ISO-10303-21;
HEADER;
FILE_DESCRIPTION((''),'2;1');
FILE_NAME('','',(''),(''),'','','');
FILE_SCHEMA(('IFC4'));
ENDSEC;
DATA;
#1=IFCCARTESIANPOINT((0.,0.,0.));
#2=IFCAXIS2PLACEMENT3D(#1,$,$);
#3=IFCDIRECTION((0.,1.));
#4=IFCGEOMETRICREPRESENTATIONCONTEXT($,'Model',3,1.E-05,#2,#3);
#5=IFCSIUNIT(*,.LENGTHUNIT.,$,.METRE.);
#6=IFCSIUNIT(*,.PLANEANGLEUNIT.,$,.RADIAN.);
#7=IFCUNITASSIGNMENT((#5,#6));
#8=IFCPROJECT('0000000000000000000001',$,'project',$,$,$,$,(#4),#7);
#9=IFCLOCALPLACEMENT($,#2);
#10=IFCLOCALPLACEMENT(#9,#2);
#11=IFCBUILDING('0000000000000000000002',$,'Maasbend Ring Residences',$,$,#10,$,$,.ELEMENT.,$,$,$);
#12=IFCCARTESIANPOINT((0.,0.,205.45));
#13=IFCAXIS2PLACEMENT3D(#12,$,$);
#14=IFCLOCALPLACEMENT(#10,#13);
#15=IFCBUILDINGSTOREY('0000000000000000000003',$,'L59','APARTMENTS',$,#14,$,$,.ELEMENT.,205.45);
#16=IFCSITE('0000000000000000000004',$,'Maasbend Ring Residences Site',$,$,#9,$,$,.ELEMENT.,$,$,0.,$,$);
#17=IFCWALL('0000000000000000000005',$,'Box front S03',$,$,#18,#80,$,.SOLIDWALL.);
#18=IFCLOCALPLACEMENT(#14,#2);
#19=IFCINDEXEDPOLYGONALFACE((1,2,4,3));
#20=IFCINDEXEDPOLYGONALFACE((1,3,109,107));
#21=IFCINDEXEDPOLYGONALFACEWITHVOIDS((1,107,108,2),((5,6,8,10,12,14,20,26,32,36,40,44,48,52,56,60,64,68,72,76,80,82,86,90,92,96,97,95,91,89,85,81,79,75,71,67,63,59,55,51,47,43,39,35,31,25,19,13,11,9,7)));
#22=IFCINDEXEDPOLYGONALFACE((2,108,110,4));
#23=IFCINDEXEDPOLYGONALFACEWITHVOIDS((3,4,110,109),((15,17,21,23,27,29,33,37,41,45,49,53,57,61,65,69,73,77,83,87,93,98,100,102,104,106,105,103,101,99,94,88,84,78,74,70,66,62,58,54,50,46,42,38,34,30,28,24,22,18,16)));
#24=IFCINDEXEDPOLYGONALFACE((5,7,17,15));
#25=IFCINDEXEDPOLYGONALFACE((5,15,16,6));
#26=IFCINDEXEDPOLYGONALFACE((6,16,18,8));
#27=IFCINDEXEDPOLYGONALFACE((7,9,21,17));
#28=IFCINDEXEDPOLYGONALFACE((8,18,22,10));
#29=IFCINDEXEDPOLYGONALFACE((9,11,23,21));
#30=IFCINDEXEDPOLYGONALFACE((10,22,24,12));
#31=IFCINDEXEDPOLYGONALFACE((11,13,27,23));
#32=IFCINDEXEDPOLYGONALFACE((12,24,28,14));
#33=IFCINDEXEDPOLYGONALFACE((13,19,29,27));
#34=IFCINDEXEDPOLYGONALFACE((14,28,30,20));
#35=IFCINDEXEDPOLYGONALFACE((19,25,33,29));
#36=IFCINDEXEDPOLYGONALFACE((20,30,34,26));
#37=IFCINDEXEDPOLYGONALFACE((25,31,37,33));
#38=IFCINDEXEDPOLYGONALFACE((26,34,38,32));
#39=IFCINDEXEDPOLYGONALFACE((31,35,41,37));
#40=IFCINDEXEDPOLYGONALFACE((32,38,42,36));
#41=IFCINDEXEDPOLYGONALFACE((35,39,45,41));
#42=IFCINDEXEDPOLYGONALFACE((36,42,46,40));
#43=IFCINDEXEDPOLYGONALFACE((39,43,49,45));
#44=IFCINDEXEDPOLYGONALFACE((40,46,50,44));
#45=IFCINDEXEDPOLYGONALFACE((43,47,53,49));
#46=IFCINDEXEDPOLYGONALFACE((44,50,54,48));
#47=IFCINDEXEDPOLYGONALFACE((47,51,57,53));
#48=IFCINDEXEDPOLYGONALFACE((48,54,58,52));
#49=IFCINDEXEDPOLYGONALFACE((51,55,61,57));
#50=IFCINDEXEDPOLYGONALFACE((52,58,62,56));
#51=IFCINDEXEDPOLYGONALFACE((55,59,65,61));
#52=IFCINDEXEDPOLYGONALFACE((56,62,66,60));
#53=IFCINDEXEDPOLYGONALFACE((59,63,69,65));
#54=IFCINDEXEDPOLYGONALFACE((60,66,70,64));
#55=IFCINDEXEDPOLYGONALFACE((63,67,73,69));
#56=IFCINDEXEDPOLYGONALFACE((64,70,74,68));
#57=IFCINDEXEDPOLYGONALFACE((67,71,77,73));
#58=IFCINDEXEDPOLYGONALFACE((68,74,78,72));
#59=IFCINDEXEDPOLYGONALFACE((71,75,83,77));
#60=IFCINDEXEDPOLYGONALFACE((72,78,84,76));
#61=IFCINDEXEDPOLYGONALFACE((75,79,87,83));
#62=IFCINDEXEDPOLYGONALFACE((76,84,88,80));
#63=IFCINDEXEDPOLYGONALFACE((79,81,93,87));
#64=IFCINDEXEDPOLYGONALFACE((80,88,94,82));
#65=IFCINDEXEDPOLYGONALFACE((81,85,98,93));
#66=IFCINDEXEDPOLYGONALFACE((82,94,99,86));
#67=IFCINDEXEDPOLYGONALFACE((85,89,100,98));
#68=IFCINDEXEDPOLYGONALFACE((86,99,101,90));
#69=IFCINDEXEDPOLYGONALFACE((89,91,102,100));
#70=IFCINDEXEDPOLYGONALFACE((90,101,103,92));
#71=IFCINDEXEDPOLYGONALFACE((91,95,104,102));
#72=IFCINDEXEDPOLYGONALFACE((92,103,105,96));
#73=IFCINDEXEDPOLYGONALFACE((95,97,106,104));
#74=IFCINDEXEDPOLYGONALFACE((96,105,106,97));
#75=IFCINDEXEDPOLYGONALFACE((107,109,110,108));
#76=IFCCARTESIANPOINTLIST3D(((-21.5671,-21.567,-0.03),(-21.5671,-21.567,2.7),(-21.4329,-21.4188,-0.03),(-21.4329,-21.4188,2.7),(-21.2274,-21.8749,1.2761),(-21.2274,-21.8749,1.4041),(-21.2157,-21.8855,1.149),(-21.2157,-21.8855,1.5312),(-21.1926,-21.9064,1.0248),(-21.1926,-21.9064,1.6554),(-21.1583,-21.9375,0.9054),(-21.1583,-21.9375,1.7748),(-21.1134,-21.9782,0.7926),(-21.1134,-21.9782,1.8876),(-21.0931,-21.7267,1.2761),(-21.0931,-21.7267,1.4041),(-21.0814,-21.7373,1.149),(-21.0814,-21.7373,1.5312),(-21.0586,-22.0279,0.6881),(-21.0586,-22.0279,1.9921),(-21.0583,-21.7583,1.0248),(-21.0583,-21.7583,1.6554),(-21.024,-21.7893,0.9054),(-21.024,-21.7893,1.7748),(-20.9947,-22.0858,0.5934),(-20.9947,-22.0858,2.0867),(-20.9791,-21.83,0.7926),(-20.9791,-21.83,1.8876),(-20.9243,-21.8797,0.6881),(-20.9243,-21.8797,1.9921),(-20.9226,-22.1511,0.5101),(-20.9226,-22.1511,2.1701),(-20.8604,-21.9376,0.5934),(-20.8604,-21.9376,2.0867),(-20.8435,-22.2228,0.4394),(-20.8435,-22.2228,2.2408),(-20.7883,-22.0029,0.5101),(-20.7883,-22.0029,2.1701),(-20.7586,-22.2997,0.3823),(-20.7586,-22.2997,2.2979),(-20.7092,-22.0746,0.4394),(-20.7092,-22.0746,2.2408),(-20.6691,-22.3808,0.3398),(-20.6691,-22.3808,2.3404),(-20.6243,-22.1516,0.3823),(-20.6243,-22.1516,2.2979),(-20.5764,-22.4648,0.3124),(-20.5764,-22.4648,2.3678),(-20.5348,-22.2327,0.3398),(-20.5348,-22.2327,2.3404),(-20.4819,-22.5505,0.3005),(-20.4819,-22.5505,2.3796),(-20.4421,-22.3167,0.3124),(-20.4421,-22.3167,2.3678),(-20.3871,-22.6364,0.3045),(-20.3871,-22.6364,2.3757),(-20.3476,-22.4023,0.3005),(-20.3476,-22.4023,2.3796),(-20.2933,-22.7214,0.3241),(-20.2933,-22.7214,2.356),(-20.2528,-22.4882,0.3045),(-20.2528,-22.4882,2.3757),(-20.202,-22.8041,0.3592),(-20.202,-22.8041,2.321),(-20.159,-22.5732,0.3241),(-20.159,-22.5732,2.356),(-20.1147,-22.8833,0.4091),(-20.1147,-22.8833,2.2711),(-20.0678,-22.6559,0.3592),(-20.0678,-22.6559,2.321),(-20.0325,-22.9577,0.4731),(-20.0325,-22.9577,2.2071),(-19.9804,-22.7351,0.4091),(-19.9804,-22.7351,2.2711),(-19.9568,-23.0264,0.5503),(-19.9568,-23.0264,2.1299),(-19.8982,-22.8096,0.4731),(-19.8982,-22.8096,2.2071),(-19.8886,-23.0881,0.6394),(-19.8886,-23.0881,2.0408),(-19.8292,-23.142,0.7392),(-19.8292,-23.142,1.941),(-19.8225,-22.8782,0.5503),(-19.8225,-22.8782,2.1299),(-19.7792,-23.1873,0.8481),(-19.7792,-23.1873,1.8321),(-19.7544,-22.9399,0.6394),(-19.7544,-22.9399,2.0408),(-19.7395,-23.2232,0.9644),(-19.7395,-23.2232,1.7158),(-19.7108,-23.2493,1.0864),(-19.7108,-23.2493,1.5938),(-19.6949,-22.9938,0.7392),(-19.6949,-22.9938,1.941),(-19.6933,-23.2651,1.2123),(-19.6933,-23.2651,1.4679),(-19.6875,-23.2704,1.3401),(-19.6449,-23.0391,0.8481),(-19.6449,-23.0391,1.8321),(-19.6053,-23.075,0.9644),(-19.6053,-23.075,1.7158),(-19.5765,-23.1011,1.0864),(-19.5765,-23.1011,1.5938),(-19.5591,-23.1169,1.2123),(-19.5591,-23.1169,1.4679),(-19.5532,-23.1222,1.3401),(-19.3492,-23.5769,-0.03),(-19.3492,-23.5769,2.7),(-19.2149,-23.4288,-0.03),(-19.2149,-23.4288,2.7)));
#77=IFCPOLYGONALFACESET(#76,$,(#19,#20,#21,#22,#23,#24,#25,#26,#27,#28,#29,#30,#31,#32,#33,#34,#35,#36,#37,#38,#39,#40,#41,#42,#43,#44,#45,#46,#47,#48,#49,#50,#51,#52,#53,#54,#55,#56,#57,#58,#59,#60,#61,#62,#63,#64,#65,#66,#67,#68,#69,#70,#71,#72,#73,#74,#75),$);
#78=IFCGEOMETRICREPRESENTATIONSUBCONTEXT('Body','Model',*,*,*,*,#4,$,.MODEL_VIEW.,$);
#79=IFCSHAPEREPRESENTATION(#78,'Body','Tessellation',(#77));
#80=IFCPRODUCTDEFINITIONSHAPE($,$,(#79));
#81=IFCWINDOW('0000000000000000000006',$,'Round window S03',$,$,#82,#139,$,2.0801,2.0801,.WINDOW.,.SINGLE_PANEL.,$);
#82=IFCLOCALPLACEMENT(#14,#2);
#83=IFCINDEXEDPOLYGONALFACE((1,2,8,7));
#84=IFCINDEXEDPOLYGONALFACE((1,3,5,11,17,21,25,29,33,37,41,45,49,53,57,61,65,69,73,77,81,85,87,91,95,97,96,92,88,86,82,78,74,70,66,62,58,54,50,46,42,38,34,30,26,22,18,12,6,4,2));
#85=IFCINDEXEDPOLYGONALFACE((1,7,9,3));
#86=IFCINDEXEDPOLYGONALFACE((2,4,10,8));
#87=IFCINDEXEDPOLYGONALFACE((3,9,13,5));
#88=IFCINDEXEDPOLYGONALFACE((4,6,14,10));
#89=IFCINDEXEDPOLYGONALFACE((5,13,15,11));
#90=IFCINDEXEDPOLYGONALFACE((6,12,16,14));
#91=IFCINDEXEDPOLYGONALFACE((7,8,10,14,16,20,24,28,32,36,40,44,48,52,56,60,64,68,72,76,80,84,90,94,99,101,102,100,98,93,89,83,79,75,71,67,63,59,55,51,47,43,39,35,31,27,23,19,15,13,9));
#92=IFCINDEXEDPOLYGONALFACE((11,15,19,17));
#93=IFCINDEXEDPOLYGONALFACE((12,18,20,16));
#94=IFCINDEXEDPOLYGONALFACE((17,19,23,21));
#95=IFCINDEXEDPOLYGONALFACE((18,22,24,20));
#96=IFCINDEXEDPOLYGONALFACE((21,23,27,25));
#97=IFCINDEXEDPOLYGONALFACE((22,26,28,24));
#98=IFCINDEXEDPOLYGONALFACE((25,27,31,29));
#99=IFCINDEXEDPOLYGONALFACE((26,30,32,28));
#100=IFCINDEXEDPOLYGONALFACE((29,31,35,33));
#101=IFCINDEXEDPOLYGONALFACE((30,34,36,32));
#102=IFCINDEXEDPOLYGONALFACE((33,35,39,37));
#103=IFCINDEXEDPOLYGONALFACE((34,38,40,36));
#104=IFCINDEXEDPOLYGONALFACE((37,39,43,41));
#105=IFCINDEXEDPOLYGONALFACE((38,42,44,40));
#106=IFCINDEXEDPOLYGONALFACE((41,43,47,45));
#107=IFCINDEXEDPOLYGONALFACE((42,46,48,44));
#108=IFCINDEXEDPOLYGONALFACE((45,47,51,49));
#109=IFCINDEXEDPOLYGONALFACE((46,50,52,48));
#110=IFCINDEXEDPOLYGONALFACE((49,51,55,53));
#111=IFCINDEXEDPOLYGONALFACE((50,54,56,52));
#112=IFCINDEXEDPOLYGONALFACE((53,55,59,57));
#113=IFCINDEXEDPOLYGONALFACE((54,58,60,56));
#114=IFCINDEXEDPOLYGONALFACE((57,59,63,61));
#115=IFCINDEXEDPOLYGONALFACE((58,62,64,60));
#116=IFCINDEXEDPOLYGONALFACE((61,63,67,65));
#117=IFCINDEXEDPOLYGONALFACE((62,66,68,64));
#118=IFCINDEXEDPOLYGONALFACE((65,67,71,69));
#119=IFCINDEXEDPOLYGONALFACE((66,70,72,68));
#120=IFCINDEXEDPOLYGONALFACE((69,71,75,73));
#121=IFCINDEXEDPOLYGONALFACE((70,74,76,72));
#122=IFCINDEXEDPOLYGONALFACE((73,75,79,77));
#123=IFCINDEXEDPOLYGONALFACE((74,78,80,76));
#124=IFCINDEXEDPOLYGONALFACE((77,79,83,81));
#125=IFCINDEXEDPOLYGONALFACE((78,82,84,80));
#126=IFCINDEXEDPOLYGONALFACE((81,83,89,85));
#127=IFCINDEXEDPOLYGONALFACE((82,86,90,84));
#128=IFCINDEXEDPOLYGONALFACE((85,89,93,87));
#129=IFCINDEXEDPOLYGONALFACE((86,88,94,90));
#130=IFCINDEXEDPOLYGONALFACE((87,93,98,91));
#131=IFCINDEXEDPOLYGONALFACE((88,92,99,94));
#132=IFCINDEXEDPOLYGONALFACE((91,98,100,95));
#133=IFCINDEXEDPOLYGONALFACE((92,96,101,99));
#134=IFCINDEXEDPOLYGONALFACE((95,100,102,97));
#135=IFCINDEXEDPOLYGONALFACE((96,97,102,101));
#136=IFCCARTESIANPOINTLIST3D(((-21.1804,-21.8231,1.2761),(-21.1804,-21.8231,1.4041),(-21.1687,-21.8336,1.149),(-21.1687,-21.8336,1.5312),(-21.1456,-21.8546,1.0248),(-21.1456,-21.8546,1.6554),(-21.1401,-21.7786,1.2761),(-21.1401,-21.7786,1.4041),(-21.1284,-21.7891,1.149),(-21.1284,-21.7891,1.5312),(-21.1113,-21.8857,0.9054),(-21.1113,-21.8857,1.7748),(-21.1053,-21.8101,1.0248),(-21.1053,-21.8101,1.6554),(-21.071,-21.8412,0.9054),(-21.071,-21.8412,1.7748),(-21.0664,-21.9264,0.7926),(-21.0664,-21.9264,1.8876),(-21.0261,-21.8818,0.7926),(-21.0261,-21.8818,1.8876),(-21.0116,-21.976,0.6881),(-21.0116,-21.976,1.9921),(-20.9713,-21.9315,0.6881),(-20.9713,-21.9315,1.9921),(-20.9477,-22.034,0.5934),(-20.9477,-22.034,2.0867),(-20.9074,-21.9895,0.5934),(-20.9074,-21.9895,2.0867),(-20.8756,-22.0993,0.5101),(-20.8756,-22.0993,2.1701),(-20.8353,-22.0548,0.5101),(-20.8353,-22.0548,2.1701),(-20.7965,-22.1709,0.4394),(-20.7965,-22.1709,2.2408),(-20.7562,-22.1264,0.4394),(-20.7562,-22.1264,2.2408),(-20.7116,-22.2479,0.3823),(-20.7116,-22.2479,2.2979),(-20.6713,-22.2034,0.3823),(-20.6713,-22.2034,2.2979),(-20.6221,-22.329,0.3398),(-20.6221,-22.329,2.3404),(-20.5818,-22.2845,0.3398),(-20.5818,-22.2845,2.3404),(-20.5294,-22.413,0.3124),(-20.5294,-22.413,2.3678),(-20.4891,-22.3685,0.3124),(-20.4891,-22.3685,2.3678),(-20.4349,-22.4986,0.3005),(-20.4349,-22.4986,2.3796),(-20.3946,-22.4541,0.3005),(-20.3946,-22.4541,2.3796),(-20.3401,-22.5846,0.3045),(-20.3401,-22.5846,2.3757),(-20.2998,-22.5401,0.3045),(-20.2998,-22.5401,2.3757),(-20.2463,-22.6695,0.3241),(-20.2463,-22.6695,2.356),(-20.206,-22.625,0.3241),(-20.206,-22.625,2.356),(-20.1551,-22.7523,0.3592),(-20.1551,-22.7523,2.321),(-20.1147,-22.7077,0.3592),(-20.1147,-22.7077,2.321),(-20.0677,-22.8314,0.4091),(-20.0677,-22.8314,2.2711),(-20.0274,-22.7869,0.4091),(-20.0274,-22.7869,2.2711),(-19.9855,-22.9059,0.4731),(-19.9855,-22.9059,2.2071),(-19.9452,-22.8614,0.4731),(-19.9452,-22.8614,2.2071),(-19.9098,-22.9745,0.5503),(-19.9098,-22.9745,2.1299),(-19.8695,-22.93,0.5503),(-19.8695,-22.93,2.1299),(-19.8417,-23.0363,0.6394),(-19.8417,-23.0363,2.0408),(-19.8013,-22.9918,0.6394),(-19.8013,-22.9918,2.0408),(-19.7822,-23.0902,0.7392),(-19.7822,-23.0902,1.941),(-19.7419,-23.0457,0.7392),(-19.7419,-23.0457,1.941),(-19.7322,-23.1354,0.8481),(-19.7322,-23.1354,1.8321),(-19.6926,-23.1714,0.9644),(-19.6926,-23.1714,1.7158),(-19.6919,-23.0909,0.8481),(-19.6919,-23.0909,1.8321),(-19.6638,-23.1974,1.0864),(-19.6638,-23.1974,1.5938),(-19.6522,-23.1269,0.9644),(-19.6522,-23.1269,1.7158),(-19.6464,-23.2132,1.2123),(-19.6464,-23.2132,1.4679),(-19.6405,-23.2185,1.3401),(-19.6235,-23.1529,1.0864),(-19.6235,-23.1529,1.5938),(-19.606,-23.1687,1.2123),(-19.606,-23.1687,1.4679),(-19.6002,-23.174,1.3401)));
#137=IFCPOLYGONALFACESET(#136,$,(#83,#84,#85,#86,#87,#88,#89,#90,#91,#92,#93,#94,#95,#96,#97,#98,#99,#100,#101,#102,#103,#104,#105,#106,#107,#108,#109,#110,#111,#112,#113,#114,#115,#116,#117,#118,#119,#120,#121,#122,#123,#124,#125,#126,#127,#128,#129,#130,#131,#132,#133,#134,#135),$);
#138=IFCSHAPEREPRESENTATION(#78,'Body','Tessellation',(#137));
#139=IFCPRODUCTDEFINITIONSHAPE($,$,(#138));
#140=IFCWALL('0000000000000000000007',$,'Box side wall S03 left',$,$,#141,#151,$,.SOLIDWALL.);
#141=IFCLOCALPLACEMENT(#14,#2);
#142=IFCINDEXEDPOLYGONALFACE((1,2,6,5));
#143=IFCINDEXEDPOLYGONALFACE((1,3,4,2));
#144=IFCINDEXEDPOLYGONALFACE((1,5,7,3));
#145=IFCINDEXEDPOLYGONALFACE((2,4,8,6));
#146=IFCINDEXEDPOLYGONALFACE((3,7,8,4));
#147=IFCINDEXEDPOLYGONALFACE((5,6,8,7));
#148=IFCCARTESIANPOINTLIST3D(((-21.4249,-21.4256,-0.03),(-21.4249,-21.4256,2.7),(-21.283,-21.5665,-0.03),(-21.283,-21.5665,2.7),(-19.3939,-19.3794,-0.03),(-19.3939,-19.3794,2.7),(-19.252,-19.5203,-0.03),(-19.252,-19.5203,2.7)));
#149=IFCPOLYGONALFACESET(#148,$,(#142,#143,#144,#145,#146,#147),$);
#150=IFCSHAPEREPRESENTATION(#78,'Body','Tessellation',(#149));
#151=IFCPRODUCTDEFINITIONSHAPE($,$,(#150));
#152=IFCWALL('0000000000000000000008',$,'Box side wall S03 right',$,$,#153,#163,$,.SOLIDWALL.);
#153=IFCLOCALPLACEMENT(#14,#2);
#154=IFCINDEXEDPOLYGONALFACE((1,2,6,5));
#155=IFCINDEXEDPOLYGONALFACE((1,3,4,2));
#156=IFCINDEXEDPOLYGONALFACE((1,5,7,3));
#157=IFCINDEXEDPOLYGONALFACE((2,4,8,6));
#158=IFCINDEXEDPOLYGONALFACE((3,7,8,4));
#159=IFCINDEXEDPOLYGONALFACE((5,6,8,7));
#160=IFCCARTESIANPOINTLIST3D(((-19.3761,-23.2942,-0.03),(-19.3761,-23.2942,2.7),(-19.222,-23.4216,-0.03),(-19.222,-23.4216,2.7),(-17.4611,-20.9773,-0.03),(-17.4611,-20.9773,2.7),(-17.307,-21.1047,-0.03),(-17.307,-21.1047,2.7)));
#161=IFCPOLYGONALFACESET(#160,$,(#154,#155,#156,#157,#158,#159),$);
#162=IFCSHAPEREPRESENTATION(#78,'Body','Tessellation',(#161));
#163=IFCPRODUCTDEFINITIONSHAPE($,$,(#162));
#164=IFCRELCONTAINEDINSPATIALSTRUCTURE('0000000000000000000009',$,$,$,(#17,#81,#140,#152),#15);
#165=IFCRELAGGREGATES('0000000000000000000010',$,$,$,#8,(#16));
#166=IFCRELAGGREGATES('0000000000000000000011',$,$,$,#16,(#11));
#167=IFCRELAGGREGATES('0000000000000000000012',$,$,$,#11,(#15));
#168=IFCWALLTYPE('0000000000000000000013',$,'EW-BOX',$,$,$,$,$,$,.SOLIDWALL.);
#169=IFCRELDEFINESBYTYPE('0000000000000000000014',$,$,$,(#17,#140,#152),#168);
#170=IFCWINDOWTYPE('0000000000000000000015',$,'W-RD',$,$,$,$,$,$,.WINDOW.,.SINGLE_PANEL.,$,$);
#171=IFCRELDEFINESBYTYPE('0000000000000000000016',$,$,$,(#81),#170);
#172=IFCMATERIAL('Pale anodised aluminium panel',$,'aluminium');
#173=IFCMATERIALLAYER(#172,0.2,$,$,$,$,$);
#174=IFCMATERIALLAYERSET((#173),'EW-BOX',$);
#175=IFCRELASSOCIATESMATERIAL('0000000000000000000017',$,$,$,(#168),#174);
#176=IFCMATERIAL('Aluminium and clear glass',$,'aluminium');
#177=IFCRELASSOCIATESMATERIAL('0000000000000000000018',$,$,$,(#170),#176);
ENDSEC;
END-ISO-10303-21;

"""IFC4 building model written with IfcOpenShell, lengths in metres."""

from ifc_helpers import new_model, si_unit, direction, frame, frame_2d, origin, place, context, subcontext, project, spatial, rectangle, circle, extrude, material, layer, layer_set, type_object, element, fill, save


model = new_model("IFC4")

# Units and contexts
model_context = context("Model", 3, precision=1e-05, world=origin(), true_north=direction((0.0, 1.0)))
body_context = subcontext(model_context, "Body", "Model", "MODEL_VIEW")
ifc_project = project(units=[si_unit("LENGTHUNIT", "METRE"), si_unit("PLANEANGLEUNIT", "RADIAN")], contexts=[model_context])

# Site, building, storey
site_placement = place(None, origin())
site = spatial("IfcSite", under=ifc_project, at=site_placement, Name="Maasbend Ring Residences Site", CompositionType="ELEMENT", RefElevation=0.0)
building_placement = place(site_placement, origin())
building = spatial("IfcBuilding", under=site, at=building_placement, Name="Maasbend Ring Residences", CompositionType="ELEMENT")
storey_placement = place(building_placement, frame((0.0, 0.0, 205.45)))
storey = spatial("IfcBuildingStorey", under=building, at=storey_placement, Name="L59", Description="APARTMENTS", CompositionType="ELEMENT", Elevation=205.45)

# Shared definitions
ifc_material_1 = material(Name="Pale anodised aluminium panel", Category="aluminium")
ifc_layer_1 = layer(ifc_material_1, 0.2)
ifc_layer_set_1 = layer_set([ifc_layer_1], Name="EW-BOX")
wall_type_1 = type_object("IfcWallType", Name="EW-BOX", PredefinedType="SOLIDWALL", material=ifc_layer_set_1)
ifc_material_2 = material(Name="Aluminium and clear glass", Category="aluminium")
window_type_1 = type_object("IfcWindowType", Name="W-RD", PartitioningType="SINGLE_PANEL", PredefinedType="WINDOW", material=ifc_material_2)

# Wall, opening, window
wall_1_placement = place(storey_placement, frame((-21.5, -21.4929, -0.03), z_axis=(0.0, 0.0, 1.0), x_axis=(0.740998, -0.671507, 0.0)))
wall_1 = element("IfcWall", 1, at=wall_1_placement, inside=storey, type_object=wall_type_1, Name="Box front S03", PredefinedType="SOLIDWALL", context=body_context, shape_type="SweptSolid", body=[
    extrude(rectangle(XDim=2.9932, YDim=0.2, at=frame_2d((1.4966, 0.0))), origin(), (0.0, 0.0, 1.0), 2.73),
])
opening_1_placement = place(wall_1_placement, frame((0.4565, 0.0, 0.3301)))
opening_1 = element("IfcOpeningElement", 2, at=opening_1_placement, cuts=wall_1, PredefinedType="OPENING", context=body_context, shape_type="SweptSolid", body=[
    extrude(circle(Radius=1.04, at=frame_2d((1.04, 1.04))), frame((0.0, 0.1099, 0.0), z_axis=(0.0, -1.0, 0.0), x_axis=(1.0, 0.0, 0.0)), (0.0, 0.0, 1.0), 0.22),
])
window_1_placement = place(opening_1_placement, origin())
window_1 = element("IfcWindow", 3, at=window_1_placement, inside=storey, type_object=window_type_1, Name="Round window S03", OverallHeight=2.0801, OverallWidth=2.0801, PartitioningType="SINGLE_PANEL", PredefinedType="WINDOW", context=body_context, shape_type="SweptSolid", body=[
    extrude(circle(Radius=1.04, at=frame_2d((1.04, 1.04))), frame((0.0, 0.03, 0.0), z_axis=(0.0, -1.0, 0.0), x_axis=(1.0, 0.0, 0.0)), (0.0, 0.0, 1.0), 0.0601),
])
fill(opening_1, window_1)

# Walls
wall_2_placement = place(storey_placement, frame((-19.323, -19.45, -0.03), z_axis=(0.0, 0.0, 1.0), x_axis=(-0.704477, -0.709727, 0.0)))
element("IfcWall", 4, at=wall_2_placement, inside=storey, type_object=wall_type_1, Name="Box side wall S03 left", PredefinedType="SOLIDWALL", context=body_context, shape_type="SweptSolid", body=[
    extrude(rectangle(XDim=2.8831, YDim=0.2, at=frame_2d((1.4414, 0.0))), origin(), (0.0, 0.0, 1.0), 2.73),
])
wall_3_placement = place(storey_placement, frame((-17.384, -21.041, -0.03), z_axis=(0.0, 0.0, 1.0), x_axis=(-0.637096, -0.770785, 0.0)))
element("IfcWall", 5, at=wall_3_placement, inside=storey, type_object=wall_type_1, Name="Box side wall S03 right", PredefinedType="SOLIDWALL", context=body_context, shape_type="SweptSolid", body=[
    extrude(rectangle(XDim=3.0059, YDim=0.2, at=frame_2d((1.5029, 0.0))), origin(), (0.0, 0.0, 1.0), 2.73),
])

save(model, "model.ifc")
